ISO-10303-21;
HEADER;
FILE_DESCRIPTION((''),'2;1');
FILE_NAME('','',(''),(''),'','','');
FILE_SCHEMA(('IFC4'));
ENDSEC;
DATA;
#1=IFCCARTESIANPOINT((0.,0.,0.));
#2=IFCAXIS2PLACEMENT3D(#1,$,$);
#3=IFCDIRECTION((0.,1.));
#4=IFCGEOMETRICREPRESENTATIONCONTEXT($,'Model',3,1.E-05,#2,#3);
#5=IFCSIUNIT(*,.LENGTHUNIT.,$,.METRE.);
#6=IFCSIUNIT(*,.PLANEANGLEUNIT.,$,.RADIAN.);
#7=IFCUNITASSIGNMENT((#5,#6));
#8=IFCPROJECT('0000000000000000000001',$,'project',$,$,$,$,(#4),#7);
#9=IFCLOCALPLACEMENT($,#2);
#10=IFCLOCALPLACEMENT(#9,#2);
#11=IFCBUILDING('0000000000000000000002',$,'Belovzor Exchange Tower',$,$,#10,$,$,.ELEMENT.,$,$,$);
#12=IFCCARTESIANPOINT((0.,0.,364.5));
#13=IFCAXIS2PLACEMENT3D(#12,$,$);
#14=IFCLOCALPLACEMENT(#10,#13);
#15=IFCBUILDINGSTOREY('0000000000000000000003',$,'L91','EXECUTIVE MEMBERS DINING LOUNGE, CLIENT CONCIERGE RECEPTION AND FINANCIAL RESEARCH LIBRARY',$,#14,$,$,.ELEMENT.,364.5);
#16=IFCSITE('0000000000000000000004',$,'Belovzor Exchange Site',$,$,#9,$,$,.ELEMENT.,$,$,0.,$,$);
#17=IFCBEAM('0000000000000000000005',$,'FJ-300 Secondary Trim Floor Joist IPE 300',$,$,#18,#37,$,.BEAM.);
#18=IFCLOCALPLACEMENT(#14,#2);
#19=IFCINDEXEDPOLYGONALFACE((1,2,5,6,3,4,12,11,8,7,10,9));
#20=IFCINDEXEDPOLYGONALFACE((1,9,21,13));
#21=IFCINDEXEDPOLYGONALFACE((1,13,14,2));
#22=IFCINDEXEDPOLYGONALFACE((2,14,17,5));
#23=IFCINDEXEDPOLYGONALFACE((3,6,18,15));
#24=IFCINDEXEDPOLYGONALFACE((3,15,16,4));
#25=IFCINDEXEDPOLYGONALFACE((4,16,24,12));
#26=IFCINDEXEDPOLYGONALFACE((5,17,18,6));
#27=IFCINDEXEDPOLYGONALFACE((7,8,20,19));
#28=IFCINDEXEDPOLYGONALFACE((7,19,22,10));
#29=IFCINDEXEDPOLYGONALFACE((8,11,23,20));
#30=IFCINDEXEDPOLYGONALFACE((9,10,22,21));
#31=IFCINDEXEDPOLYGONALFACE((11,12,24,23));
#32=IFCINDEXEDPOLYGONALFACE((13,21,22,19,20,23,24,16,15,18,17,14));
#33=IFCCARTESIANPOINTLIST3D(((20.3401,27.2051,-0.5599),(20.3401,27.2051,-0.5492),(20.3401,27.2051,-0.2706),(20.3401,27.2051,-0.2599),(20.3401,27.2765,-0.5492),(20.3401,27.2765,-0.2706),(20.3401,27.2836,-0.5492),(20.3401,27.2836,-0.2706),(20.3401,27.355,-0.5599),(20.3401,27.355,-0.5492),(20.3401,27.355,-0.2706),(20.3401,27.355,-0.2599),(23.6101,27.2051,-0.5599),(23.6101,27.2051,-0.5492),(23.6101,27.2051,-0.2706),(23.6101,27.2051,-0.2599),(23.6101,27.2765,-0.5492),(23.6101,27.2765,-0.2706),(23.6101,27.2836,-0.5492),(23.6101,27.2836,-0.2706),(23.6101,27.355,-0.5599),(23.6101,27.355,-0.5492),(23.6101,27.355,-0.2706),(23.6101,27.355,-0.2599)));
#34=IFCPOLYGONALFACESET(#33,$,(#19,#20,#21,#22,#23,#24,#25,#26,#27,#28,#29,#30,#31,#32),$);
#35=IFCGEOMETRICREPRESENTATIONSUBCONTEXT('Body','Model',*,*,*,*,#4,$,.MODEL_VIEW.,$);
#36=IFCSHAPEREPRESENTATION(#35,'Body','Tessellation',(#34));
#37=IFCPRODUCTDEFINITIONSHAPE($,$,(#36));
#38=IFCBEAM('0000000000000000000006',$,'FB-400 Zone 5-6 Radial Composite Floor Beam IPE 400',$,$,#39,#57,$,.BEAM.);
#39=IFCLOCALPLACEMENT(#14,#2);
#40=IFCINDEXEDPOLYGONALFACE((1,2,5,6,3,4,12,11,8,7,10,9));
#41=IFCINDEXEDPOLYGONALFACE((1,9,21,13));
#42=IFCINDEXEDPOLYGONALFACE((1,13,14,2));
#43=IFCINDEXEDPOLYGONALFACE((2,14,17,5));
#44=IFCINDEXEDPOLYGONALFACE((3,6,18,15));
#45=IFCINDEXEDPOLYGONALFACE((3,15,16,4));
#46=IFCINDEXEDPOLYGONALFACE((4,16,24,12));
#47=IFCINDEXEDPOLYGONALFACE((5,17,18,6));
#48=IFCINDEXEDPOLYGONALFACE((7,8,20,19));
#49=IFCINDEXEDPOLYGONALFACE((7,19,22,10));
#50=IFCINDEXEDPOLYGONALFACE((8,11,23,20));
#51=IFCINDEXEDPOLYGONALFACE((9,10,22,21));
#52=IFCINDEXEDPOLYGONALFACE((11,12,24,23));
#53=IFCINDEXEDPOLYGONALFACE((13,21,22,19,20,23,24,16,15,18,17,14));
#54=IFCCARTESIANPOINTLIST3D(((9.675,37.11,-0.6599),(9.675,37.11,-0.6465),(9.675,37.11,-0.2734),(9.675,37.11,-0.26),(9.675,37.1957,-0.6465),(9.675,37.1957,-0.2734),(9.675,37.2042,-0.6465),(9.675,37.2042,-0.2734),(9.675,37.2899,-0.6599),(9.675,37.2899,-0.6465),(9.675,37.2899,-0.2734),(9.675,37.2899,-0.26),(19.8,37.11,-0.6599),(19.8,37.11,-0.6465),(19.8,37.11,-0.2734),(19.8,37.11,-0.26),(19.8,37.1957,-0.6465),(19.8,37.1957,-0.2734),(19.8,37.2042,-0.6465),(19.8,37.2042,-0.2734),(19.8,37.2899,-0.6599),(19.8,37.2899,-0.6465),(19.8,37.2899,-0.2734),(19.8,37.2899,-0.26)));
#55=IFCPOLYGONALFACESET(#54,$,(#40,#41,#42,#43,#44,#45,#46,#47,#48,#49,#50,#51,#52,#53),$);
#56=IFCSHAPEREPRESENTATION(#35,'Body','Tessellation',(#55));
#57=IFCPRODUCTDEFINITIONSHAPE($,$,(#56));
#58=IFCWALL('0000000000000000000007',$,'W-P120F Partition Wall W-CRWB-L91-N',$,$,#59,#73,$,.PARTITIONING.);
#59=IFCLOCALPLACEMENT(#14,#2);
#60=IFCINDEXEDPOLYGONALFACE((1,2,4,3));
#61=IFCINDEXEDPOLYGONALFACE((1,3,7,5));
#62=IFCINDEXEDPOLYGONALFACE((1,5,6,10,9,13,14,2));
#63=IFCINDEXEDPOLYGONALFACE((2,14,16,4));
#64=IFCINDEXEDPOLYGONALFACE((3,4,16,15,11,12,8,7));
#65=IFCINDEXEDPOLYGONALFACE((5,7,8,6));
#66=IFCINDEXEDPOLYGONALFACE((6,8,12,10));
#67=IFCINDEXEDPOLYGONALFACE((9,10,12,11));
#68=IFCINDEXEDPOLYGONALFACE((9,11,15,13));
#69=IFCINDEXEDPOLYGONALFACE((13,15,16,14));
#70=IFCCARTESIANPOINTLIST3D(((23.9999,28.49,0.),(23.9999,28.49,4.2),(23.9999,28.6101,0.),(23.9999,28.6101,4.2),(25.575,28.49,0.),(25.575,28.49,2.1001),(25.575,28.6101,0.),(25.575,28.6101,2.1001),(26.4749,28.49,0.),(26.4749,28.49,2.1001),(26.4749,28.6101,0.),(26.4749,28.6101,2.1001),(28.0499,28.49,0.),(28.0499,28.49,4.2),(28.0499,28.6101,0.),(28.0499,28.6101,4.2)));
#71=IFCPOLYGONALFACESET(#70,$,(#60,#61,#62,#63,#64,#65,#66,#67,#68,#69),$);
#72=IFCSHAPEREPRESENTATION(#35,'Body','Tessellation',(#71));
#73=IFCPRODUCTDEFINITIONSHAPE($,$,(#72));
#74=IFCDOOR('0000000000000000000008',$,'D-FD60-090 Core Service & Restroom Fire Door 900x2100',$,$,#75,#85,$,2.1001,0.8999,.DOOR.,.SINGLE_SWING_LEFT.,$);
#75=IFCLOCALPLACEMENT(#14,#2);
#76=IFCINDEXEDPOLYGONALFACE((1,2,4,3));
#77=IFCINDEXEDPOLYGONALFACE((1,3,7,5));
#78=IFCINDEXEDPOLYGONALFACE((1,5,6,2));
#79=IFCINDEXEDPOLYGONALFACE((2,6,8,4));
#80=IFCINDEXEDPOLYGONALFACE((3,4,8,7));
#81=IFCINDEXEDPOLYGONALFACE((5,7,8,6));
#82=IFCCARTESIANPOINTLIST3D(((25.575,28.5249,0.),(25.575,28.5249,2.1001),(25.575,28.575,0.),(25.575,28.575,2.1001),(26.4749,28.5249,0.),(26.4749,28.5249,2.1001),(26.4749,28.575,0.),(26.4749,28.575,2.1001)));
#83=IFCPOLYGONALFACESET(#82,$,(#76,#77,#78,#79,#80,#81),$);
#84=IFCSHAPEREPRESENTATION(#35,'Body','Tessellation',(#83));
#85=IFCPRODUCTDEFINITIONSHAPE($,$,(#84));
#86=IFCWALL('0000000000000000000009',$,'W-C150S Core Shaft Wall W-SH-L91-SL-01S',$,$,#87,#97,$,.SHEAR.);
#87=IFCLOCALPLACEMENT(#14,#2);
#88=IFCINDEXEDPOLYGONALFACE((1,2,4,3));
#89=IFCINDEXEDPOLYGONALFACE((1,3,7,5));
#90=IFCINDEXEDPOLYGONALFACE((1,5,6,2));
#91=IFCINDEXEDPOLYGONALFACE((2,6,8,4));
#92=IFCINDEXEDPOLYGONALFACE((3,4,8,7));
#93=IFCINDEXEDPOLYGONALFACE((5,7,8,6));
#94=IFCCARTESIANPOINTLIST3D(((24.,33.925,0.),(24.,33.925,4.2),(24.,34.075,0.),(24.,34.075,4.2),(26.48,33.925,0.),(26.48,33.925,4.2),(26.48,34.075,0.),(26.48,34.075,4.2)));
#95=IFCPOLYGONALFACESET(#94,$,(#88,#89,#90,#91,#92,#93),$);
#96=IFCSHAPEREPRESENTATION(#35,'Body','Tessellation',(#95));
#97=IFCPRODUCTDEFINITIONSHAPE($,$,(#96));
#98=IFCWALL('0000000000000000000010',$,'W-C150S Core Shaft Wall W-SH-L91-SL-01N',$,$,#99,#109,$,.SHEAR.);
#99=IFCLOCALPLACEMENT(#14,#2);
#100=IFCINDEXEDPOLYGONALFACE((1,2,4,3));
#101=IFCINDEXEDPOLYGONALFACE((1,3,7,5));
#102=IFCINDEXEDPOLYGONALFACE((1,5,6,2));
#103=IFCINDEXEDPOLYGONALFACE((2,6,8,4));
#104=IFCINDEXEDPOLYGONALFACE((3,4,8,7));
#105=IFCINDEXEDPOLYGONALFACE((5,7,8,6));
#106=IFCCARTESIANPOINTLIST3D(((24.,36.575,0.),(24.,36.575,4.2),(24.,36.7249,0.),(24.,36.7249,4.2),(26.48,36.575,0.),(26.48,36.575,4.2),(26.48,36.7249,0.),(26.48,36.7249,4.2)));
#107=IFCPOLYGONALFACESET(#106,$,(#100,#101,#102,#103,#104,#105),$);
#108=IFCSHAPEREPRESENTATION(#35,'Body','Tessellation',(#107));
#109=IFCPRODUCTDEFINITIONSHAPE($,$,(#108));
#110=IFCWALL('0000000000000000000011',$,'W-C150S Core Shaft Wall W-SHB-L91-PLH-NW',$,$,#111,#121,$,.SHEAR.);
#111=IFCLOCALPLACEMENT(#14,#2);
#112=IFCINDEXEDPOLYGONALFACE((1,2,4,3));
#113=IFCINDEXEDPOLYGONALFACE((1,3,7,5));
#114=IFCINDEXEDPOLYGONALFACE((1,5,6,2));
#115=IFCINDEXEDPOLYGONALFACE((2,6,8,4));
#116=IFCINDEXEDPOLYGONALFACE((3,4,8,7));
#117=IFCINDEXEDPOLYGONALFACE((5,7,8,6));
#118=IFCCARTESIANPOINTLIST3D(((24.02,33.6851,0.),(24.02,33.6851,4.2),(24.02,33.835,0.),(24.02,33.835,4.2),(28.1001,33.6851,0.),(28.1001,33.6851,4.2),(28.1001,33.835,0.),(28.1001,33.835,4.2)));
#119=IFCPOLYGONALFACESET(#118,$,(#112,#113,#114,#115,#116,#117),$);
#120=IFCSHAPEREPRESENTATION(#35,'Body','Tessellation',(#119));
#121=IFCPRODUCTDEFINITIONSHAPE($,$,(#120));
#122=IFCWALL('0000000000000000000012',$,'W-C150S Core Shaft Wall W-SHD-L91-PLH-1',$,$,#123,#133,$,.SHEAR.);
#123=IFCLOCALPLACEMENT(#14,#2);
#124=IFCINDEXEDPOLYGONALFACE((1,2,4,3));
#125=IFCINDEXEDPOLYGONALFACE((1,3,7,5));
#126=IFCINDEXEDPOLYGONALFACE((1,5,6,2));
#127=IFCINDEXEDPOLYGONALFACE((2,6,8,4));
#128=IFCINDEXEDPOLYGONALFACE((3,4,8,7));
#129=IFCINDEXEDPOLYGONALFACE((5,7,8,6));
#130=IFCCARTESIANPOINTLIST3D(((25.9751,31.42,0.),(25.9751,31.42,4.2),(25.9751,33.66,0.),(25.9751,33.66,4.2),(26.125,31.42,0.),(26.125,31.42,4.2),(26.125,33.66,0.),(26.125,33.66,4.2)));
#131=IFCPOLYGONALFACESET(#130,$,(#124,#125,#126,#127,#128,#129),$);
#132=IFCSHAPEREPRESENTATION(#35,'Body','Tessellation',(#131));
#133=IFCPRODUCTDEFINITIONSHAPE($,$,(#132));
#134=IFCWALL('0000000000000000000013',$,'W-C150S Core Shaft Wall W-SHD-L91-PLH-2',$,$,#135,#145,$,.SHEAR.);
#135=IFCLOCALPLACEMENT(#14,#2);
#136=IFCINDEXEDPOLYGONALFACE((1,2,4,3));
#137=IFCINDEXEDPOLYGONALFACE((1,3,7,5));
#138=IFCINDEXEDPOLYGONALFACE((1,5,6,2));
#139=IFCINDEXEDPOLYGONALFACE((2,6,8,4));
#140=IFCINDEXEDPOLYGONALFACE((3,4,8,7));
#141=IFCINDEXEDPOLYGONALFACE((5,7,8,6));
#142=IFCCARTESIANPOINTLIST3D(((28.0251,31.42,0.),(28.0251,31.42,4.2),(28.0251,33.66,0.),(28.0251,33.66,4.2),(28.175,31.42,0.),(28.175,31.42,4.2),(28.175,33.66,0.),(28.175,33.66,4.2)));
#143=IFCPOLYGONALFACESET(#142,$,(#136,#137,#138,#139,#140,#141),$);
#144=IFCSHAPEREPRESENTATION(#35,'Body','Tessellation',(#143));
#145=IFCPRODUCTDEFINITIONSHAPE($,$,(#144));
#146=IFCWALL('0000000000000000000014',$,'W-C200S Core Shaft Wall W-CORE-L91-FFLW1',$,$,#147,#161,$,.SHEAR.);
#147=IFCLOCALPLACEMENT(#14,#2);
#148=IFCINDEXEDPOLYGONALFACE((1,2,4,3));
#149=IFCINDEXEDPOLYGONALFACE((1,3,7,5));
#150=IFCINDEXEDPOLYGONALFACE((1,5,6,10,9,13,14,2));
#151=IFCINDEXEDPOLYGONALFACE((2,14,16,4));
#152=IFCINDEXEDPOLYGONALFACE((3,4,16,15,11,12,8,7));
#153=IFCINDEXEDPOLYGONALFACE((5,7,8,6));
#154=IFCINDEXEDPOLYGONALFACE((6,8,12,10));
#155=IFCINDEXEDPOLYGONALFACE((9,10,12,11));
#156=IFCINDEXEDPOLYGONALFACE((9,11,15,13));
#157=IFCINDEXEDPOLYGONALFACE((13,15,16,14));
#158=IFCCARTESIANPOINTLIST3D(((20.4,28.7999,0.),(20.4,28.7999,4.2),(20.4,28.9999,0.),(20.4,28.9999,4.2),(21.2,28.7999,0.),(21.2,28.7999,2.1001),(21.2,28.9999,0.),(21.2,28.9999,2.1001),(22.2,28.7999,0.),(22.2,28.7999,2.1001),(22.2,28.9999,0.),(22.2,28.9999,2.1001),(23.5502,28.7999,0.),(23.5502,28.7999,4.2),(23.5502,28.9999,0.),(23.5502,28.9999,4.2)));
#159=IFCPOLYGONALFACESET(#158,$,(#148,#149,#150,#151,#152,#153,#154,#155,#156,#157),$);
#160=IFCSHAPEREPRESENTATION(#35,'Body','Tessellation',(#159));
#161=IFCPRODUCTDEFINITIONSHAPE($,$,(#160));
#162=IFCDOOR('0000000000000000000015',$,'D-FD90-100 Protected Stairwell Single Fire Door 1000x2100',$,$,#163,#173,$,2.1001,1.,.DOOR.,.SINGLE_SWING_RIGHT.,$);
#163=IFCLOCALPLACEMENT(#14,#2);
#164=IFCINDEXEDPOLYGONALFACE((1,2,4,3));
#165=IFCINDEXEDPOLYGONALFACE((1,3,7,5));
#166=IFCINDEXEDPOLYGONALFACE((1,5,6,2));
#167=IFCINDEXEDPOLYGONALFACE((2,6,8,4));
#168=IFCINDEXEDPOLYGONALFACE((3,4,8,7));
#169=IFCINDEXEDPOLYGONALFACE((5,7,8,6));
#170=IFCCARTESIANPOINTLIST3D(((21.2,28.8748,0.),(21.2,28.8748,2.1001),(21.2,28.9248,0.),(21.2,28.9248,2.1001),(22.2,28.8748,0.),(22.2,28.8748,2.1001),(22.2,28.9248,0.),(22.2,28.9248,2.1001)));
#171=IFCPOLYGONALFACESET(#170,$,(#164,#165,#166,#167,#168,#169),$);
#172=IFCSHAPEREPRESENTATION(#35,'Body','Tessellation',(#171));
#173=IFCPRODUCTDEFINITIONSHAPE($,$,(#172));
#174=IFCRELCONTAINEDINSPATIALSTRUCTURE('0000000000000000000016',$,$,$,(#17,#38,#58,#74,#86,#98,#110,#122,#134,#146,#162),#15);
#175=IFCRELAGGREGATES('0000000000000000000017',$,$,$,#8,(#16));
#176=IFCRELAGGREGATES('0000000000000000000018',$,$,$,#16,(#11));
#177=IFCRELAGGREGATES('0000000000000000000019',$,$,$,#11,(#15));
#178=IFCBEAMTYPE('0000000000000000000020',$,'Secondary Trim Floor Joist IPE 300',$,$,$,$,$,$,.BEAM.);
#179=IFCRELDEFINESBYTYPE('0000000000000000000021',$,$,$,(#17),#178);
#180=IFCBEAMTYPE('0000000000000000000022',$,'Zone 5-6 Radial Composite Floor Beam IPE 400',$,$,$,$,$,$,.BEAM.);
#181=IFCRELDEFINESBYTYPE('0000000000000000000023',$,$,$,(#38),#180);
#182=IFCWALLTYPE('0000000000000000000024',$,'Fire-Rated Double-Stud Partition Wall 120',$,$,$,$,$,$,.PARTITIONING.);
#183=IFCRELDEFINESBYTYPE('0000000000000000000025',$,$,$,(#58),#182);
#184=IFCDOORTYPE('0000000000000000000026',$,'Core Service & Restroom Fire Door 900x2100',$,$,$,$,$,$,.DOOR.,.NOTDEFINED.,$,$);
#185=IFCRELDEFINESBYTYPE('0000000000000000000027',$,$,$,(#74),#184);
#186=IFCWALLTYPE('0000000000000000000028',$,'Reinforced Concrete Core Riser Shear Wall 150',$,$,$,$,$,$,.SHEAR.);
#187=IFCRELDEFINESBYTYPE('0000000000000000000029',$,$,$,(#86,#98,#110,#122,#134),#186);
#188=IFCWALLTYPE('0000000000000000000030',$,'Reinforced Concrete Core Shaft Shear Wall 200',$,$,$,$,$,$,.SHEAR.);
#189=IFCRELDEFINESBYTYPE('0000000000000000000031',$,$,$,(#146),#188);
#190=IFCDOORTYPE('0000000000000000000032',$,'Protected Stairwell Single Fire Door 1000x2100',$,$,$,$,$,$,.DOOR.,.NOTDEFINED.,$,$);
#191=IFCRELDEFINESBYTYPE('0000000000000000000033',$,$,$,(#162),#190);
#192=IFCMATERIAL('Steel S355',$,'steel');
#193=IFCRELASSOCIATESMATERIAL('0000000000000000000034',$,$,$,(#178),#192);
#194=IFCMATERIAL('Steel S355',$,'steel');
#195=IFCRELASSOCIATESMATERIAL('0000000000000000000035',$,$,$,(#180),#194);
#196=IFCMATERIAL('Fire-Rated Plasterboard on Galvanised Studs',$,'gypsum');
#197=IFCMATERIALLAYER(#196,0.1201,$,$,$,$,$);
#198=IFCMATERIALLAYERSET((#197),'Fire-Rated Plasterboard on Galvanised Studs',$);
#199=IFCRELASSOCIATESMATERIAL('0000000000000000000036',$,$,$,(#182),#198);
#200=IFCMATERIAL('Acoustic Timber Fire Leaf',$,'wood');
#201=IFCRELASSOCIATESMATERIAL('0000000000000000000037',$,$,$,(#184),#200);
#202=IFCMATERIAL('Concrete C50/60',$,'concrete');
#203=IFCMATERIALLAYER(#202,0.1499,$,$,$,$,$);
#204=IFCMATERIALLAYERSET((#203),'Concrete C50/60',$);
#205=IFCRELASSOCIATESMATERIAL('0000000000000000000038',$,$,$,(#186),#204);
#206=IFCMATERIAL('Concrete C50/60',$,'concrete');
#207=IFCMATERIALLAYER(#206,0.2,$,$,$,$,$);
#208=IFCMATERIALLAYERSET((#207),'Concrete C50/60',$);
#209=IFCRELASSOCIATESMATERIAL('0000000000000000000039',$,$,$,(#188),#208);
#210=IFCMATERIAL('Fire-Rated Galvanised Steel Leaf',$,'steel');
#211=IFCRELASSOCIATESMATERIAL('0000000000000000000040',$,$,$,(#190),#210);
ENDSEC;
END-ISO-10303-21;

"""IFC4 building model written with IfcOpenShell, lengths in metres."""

from ifc_helpers import new_model, si_unit, direction, frame, frame_2d, origin, origin_2d, place, context, subcontext, project, spatial, rectangle, i_section, extrude, material, layer, layer_set, material_profile, profile_set, type_object, element, fill, save


model = new_model("IFC4")

# Units and contexts
model_context = context("Model", 3, precision=1e-05, world=origin(), true_north=direction((0.0, 1.0)))
body_context = subcontext(model_context, "Body", "Model", "MODEL_VIEW")
ifc_project = project(units=[si_unit("LENGTHUNIT", "METRE"), si_unit("PLANEANGLEUNIT", "RADIAN")], contexts=[model_context])

# Site, building, storey
site_placement = place(None, origin())
site = spatial("IfcSite", under=ifc_project, at=site_placement, Name="Belovzor Exchange Site", CompositionType="ELEMENT", RefElevation=0.0)
building_placement = place(site_placement, origin())
building = spatial("IfcBuilding", under=site, at=building_placement, Name="Belovzor Exchange Tower", CompositionType="ELEMENT")
storey_placement = place(building_placement, frame((0.0, 0.0, 364.5)))
storey = spatial("IfcBuildingStorey", under=building, at=storey_placement, Name="L91", Description="EXECUTIVE MEMBERS DINING LOUNGE, CLIENT CONCIERGE RECEPTION AND FINANCIAL RESEARCH LIBRARY", CompositionType="ELEMENT", Elevation=364.5)

# Beams
ifc_material_1 = material(Name="Steel S355", Category="steel")
ifc_material_profile_1 = material_profile(ifc_material_1, i_section(OverallWidth=0.1499, OverallDepth=0.3, WebThickness=0.0071, FlangeThickness=0.0107, at=origin_2d()))
ifc_profile_set_1 = profile_set([ifc_material_profile_1], Name="Steel S355")
beam_type_1 = type_object("IfcBeamType", Name="Secondary Trim Floor Joist IPE 300", PredefinedType="BEAM", material=ifc_profile_set_1)
beam_1_placement = place(storey_placement, frame((20.3401, 27.28, -0.4099), z_axis=(1.0, 0.0, 0.0), x_axis=(0.0, 1.0, 0.0)))
element("IfcBeam", 1, at=beam_1_placement, inside=storey, type_object=beam_type_1, Name="FJ-300 Secondary Trim Floor Joist IPE 300", PredefinedType="BEAM", context=body_context, shape_type="SweptSolid", body=[
    extrude(i_section(OverallWidth=0.1499, OverallDepth=0.3, WebThickness=0.0071, FlangeThickness=0.0107, at=origin_2d()), origin(), (0.0, 0.0, 1.0), 3.27),
])
ifc_material_2 = material(Name="Steel S355", Category="steel")
ifc_material_profile_2 = material_profile(ifc_material_2, i_section(OverallWidth=0.1799, OverallDepth=0.3999, WebThickness=0.0085, FlangeThickness=0.0134, at=origin_2d()))
ifc_profile_set_2 = profile_set([ifc_material_profile_2], Name="Steel S355")
beam_type_2 = type_object("IfcBeamType", Name="Zone 5-6 Radial Composite Floor Beam IPE 400", PredefinedType="BEAM", material=ifc_profile_set_2)
beam_2_placement = place(storey_placement, frame((19.8, 37.2, -0.46), z_axis=(-1.0, 0.0, 0.0), x_axis=(0.0, -1.0, 0.0)))
element("IfcBeam", 2, at=beam_2_placement, inside=storey, type_object=beam_type_2, Name="FB-400 Zone 5-6 Radial Composite Floor Beam IPE 400", PredefinedType="BEAM", context=body_context, shape_type="SweptSolid", body=[
    extrude(i_section(OverallWidth=0.1799, OverallDepth=0.3999, WebThickness=0.0085, FlangeThickness=0.0134, at=origin_2d()), origin(), (0.0, 0.0, 1.0), 10.125),
])

# Wall, opening, door
ifc_material_3 = material(Name="Fire-Rated Plasterboard on Galvanised Studs", Category="gypsum")
ifc_layer_1 = layer(ifc_material_3, 0.1201)
ifc_layer_set_1 = layer_set([ifc_layer_1], Name="Fire-Rated Plasterboard on Galvanised Studs")
wall_type_1 = type_object("IfcWallType", Name="Fire-Rated Double-Stud Partition Wall 120", PredefinedType="PARTITIONING", material=ifc_layer_set_1)
wall_1_placement = place(storey_placement, frame((24.0, 28.55, 0.0), z_axis=(0.0, 0.0, 1.0), x_axis=(1.0, 0.0, 0.0)))
wall_1 = element("IfcWall", 3, at=wall_1_placement, inside=storey, type_object=wall_type_1, Name="W-P120F Partition Wall W-CRWB-L91-N", PredefinedType="PARTITIONING", context=body_context, shape_type="SweptSolid", body=[
    extrude(rectangle(XDim=4.05, YDim=0.1201, at=frame_2d((2.0249, 0.0))), origin(), (0.0, 0.0, 1.0), 4.2),
])
opening_1_placement = place(wall_1_placement, frame((1.575, 0.0, 0.0)))
opening_1 = element("IfcOpeningElement", 4, at=opening_1_placement, cuts=wall_1, PredefinedType="OPENING", context=body_context, shape_type="SweptSolid", body=[
    extrude(rectangle(XDim=0.8999, YDim=2.1001, at=frame_2d((0.45, 1.05))), frame((0.0, 0.0701, 0.0), z_axis=(0.0, -1.0, 0.0), x_axis=(1.0, 0.0, 0.0)), (0.0, 0.0, 1.0), 0.1401),
])
ifc_material_4 = material(Name="Acoustic Timber Fire Leaf", Category="wood")
door_type_1 = type_object("IfcDoorType", Name="Core Service & Restroom Fire Door 900x2100", OperationType="NOTDEFINED", PredefinedType="DOOR", material=ifc_material_4)
door_1_placement = place(opening_1_placement, origin())
door_1 = element("IfcDoor", 5, at=door_1_placement, inside=storey, type_object=door_type_1, Name="D-FD60-090 Core Service & Restroom Fire Door 900x2100", OperationType="SINGLE_SWING_LEFT", OverallHeight=2.1001, OverallWidth=0.8999, PredefinedType="DOOR", context=body_context, shape_type="SweptSolid", body=[
    extrude(rectangle(XDim=0.8999, YDim=2.1001, at=frame_2d((0.45, 1.05))), frame((0.0, 0.0249, 0.0), z_axis=(0.0, -1.0, 0.0), x_axis=(1.0, 0.0, 0.0)), (0.0, 0.0, 1.0), 0.05),
])
fill(opening_1, door_1)

# Walls
ifc_material_5 = material(Name="Concrete C50/60", Category="concrete")
ifc_layer_2 = layer(ifc_material_5, 0.1499)
ifc_layer_set_2 = layer_set([ifc_layer_2], Name="Concrete C50/60")
wall_type_2 = type_object("IfcWallType", Name="Reinforced Concrete Core Riser Shear Wall 150", PredefinedType="SHEAR", material=ifc_layer_set_2)
for number, where, z_axis, x_axis, name in (
    (6, (24.0, 34.0, 0.0), (0.0, 0.0, 1.0), (1.0, 0.0, 0.0), "W-C150S Core Shaft Wall W-SH-L91-SL-01S"),
    (7, (24.0, 36.6499, 0.0), (0.0, 0.0, 1.0), (1.0, 0.0, 0.0), "W-C150S Core Shaft Wall W-SH-L91-SL-01N"),
):
    element("IfcWall", number, at=place(storey_placement, frame(where, z_axis=z_axis, x_axis=x_axis)), inside=storey, type_object=wall_type_2, Name=name, PredefinedType="SHEAR", context=body_context, shape_type="SweptSolid", body=[
        extrude(rectangle(XDim=2.48, YDim=0.1499, at=frame_2d((1.24, 0.0))), origin(), (0.0, 0.0, 1.0), 4.2),
    ])
wall_2_placement = place(storey_placement, frame((24.02, 33.76, 0.0), z_axis=(0.0, 0.0, 1.0), x_axis=(1.0, 0.0, 0.0)))
element("IfcWall", 8, at=wall_2_placement, inside=storey, type_object=wall_type_2, Name="W-C150S Core Shaft Wall W-SHB-L91-PLH-NW", PredefinedType="SHEAR", context=body_context, shape_type="SweptSolid", body=[
    extrude(rectangle(XDim=4.0801, YDim=0.1499, at=frame_2d((2.04, 0.0))), origin(), (0.0, 0.0, 1.0), 4.2),
])
for number, where, z_axis, x_axis, name in (
    (9, (26.05, 31.4199, 0.0), (0.0, 0.0, 1.0), (0.0, 1.0, 0.0), "W-C150S Core Shaft Wall W-SHD-L91-PLH-1"),
    (10, (28.1001, 31.4199, 0.0), (0.0, 0.0, 1.0), (0.0, 1.0, 0.0), "W-C150S Core Shaft Wall W-SHD-L91-PLH-2"),
):
    element("IfcWall", number, at=place(storey_placement, frame(where, z_axis=z_axis, x_axis=x_axis)), inside=storey, type_object=wall_type_2, Name=name, PredefinedType="SHEAR", context=body_context, shape_type="SweptSolid", body=[
        extrude(rectangle(XDim=2.24, YDim=0.1499, at=frame_2d((1.1201, 0.0))), origin(), (0.0, 0.0, 1.0), 4.2),
    ])

# Wall, opening, door
ifc_material_6 = material(Name="Concrete C50/60", Category="concrete")
ifc_layer_3 = layer(ifc_material_6, 0.2)
ifc_layer_set_3 = layer_set([ifc_layer_3], Name="Concrete C50/60")
wall_type_3 = type_object("IfcWallType", Name="Reinforced Concrete Core Shaft Shear Wall 200", PredefinedType="SHEAR", material=ifc_layer_set_3)
wall_3_placement = place(storey_placement, frame((20.3999, 28.8999, 0.0), z_axis=(0.0, 0.0, 1.0), x_axis=(1.0, 0.0, 0.0)))
wall_3 = element("IfcWall", 11, at=wall_3_placement, inside=storey, type_object=wall_type_3, Name="W-C200S Core Shaft Wall W-CORE-L91-FFLW1", PredefinedType="SHEAR", context=body_context, shape_type="SweptSolid", body=[
    extrude(rectangle(XDim=3.1501, YDim=0.2, at=frame_2d((1.5752, 0.0))), origin(), (0.0, 0.0, 1.0), 4.2),
])
opening_2_placement = place(wall_3_placement, frame((0.8, 0.0, 0.0)))
opening_2 = element("IfcOpeningElement", 12, at=opening_2_placement, cuts=wall_3, PredefinedType="OPENING", context=body_context, shape_type="SweptSolid", body=[
    extrude(rectangle(XDim=1.0, YDim=2.1001, at=frame_2d((0.5, 1.05))), frame((0.0, 0.1099, 0.0), z_axis=(0.0, -1.0, 0.0), x_axis=(1.0, 0.0, 0.0)), (0.0, 0.0, 1.0), 0.22),
])
ifc_material_7 = material(Name="Fire-Rated Galvanised Steel Leaf", Category="steel")
door_type_2 = type_object("IfcDoorType", Name="Protected Stairwell Single Fire Door 1000x2100", OperationType="NOTDEFINED", PredefinedType="DOOR", material=ifc_material_7)
door_2_placement = place(opening_2_placement, origin())
door_2 = element("IfcDoor", 13, at=door_2_placement, inside=storey, type_object=door_type_2, Name="D-FD90-100 Protected Stairwell Single Fire Door 1000x2100", OperationType="SINGLE_SWING_RIGHT", OverallHeight=2.1001, OverallWidth=1.0, PredefinedType="DOOR", context=body_context, shape_type="SweptSolid", body=[
    extrude(rectangle(XDim=1.0, YDim=2.1001, at=frame_2d((0.5, 1.05))), frame((0.0, 0.0249, 0.0), z_axis=(0.0, -1.0, 0.0), x_axis=(1.0, 0.0, 0.0)), (0.0, 0.0, 1.0), 0.05),
])
fill(opening_2, door_2)

save(model, "model.ifc")
